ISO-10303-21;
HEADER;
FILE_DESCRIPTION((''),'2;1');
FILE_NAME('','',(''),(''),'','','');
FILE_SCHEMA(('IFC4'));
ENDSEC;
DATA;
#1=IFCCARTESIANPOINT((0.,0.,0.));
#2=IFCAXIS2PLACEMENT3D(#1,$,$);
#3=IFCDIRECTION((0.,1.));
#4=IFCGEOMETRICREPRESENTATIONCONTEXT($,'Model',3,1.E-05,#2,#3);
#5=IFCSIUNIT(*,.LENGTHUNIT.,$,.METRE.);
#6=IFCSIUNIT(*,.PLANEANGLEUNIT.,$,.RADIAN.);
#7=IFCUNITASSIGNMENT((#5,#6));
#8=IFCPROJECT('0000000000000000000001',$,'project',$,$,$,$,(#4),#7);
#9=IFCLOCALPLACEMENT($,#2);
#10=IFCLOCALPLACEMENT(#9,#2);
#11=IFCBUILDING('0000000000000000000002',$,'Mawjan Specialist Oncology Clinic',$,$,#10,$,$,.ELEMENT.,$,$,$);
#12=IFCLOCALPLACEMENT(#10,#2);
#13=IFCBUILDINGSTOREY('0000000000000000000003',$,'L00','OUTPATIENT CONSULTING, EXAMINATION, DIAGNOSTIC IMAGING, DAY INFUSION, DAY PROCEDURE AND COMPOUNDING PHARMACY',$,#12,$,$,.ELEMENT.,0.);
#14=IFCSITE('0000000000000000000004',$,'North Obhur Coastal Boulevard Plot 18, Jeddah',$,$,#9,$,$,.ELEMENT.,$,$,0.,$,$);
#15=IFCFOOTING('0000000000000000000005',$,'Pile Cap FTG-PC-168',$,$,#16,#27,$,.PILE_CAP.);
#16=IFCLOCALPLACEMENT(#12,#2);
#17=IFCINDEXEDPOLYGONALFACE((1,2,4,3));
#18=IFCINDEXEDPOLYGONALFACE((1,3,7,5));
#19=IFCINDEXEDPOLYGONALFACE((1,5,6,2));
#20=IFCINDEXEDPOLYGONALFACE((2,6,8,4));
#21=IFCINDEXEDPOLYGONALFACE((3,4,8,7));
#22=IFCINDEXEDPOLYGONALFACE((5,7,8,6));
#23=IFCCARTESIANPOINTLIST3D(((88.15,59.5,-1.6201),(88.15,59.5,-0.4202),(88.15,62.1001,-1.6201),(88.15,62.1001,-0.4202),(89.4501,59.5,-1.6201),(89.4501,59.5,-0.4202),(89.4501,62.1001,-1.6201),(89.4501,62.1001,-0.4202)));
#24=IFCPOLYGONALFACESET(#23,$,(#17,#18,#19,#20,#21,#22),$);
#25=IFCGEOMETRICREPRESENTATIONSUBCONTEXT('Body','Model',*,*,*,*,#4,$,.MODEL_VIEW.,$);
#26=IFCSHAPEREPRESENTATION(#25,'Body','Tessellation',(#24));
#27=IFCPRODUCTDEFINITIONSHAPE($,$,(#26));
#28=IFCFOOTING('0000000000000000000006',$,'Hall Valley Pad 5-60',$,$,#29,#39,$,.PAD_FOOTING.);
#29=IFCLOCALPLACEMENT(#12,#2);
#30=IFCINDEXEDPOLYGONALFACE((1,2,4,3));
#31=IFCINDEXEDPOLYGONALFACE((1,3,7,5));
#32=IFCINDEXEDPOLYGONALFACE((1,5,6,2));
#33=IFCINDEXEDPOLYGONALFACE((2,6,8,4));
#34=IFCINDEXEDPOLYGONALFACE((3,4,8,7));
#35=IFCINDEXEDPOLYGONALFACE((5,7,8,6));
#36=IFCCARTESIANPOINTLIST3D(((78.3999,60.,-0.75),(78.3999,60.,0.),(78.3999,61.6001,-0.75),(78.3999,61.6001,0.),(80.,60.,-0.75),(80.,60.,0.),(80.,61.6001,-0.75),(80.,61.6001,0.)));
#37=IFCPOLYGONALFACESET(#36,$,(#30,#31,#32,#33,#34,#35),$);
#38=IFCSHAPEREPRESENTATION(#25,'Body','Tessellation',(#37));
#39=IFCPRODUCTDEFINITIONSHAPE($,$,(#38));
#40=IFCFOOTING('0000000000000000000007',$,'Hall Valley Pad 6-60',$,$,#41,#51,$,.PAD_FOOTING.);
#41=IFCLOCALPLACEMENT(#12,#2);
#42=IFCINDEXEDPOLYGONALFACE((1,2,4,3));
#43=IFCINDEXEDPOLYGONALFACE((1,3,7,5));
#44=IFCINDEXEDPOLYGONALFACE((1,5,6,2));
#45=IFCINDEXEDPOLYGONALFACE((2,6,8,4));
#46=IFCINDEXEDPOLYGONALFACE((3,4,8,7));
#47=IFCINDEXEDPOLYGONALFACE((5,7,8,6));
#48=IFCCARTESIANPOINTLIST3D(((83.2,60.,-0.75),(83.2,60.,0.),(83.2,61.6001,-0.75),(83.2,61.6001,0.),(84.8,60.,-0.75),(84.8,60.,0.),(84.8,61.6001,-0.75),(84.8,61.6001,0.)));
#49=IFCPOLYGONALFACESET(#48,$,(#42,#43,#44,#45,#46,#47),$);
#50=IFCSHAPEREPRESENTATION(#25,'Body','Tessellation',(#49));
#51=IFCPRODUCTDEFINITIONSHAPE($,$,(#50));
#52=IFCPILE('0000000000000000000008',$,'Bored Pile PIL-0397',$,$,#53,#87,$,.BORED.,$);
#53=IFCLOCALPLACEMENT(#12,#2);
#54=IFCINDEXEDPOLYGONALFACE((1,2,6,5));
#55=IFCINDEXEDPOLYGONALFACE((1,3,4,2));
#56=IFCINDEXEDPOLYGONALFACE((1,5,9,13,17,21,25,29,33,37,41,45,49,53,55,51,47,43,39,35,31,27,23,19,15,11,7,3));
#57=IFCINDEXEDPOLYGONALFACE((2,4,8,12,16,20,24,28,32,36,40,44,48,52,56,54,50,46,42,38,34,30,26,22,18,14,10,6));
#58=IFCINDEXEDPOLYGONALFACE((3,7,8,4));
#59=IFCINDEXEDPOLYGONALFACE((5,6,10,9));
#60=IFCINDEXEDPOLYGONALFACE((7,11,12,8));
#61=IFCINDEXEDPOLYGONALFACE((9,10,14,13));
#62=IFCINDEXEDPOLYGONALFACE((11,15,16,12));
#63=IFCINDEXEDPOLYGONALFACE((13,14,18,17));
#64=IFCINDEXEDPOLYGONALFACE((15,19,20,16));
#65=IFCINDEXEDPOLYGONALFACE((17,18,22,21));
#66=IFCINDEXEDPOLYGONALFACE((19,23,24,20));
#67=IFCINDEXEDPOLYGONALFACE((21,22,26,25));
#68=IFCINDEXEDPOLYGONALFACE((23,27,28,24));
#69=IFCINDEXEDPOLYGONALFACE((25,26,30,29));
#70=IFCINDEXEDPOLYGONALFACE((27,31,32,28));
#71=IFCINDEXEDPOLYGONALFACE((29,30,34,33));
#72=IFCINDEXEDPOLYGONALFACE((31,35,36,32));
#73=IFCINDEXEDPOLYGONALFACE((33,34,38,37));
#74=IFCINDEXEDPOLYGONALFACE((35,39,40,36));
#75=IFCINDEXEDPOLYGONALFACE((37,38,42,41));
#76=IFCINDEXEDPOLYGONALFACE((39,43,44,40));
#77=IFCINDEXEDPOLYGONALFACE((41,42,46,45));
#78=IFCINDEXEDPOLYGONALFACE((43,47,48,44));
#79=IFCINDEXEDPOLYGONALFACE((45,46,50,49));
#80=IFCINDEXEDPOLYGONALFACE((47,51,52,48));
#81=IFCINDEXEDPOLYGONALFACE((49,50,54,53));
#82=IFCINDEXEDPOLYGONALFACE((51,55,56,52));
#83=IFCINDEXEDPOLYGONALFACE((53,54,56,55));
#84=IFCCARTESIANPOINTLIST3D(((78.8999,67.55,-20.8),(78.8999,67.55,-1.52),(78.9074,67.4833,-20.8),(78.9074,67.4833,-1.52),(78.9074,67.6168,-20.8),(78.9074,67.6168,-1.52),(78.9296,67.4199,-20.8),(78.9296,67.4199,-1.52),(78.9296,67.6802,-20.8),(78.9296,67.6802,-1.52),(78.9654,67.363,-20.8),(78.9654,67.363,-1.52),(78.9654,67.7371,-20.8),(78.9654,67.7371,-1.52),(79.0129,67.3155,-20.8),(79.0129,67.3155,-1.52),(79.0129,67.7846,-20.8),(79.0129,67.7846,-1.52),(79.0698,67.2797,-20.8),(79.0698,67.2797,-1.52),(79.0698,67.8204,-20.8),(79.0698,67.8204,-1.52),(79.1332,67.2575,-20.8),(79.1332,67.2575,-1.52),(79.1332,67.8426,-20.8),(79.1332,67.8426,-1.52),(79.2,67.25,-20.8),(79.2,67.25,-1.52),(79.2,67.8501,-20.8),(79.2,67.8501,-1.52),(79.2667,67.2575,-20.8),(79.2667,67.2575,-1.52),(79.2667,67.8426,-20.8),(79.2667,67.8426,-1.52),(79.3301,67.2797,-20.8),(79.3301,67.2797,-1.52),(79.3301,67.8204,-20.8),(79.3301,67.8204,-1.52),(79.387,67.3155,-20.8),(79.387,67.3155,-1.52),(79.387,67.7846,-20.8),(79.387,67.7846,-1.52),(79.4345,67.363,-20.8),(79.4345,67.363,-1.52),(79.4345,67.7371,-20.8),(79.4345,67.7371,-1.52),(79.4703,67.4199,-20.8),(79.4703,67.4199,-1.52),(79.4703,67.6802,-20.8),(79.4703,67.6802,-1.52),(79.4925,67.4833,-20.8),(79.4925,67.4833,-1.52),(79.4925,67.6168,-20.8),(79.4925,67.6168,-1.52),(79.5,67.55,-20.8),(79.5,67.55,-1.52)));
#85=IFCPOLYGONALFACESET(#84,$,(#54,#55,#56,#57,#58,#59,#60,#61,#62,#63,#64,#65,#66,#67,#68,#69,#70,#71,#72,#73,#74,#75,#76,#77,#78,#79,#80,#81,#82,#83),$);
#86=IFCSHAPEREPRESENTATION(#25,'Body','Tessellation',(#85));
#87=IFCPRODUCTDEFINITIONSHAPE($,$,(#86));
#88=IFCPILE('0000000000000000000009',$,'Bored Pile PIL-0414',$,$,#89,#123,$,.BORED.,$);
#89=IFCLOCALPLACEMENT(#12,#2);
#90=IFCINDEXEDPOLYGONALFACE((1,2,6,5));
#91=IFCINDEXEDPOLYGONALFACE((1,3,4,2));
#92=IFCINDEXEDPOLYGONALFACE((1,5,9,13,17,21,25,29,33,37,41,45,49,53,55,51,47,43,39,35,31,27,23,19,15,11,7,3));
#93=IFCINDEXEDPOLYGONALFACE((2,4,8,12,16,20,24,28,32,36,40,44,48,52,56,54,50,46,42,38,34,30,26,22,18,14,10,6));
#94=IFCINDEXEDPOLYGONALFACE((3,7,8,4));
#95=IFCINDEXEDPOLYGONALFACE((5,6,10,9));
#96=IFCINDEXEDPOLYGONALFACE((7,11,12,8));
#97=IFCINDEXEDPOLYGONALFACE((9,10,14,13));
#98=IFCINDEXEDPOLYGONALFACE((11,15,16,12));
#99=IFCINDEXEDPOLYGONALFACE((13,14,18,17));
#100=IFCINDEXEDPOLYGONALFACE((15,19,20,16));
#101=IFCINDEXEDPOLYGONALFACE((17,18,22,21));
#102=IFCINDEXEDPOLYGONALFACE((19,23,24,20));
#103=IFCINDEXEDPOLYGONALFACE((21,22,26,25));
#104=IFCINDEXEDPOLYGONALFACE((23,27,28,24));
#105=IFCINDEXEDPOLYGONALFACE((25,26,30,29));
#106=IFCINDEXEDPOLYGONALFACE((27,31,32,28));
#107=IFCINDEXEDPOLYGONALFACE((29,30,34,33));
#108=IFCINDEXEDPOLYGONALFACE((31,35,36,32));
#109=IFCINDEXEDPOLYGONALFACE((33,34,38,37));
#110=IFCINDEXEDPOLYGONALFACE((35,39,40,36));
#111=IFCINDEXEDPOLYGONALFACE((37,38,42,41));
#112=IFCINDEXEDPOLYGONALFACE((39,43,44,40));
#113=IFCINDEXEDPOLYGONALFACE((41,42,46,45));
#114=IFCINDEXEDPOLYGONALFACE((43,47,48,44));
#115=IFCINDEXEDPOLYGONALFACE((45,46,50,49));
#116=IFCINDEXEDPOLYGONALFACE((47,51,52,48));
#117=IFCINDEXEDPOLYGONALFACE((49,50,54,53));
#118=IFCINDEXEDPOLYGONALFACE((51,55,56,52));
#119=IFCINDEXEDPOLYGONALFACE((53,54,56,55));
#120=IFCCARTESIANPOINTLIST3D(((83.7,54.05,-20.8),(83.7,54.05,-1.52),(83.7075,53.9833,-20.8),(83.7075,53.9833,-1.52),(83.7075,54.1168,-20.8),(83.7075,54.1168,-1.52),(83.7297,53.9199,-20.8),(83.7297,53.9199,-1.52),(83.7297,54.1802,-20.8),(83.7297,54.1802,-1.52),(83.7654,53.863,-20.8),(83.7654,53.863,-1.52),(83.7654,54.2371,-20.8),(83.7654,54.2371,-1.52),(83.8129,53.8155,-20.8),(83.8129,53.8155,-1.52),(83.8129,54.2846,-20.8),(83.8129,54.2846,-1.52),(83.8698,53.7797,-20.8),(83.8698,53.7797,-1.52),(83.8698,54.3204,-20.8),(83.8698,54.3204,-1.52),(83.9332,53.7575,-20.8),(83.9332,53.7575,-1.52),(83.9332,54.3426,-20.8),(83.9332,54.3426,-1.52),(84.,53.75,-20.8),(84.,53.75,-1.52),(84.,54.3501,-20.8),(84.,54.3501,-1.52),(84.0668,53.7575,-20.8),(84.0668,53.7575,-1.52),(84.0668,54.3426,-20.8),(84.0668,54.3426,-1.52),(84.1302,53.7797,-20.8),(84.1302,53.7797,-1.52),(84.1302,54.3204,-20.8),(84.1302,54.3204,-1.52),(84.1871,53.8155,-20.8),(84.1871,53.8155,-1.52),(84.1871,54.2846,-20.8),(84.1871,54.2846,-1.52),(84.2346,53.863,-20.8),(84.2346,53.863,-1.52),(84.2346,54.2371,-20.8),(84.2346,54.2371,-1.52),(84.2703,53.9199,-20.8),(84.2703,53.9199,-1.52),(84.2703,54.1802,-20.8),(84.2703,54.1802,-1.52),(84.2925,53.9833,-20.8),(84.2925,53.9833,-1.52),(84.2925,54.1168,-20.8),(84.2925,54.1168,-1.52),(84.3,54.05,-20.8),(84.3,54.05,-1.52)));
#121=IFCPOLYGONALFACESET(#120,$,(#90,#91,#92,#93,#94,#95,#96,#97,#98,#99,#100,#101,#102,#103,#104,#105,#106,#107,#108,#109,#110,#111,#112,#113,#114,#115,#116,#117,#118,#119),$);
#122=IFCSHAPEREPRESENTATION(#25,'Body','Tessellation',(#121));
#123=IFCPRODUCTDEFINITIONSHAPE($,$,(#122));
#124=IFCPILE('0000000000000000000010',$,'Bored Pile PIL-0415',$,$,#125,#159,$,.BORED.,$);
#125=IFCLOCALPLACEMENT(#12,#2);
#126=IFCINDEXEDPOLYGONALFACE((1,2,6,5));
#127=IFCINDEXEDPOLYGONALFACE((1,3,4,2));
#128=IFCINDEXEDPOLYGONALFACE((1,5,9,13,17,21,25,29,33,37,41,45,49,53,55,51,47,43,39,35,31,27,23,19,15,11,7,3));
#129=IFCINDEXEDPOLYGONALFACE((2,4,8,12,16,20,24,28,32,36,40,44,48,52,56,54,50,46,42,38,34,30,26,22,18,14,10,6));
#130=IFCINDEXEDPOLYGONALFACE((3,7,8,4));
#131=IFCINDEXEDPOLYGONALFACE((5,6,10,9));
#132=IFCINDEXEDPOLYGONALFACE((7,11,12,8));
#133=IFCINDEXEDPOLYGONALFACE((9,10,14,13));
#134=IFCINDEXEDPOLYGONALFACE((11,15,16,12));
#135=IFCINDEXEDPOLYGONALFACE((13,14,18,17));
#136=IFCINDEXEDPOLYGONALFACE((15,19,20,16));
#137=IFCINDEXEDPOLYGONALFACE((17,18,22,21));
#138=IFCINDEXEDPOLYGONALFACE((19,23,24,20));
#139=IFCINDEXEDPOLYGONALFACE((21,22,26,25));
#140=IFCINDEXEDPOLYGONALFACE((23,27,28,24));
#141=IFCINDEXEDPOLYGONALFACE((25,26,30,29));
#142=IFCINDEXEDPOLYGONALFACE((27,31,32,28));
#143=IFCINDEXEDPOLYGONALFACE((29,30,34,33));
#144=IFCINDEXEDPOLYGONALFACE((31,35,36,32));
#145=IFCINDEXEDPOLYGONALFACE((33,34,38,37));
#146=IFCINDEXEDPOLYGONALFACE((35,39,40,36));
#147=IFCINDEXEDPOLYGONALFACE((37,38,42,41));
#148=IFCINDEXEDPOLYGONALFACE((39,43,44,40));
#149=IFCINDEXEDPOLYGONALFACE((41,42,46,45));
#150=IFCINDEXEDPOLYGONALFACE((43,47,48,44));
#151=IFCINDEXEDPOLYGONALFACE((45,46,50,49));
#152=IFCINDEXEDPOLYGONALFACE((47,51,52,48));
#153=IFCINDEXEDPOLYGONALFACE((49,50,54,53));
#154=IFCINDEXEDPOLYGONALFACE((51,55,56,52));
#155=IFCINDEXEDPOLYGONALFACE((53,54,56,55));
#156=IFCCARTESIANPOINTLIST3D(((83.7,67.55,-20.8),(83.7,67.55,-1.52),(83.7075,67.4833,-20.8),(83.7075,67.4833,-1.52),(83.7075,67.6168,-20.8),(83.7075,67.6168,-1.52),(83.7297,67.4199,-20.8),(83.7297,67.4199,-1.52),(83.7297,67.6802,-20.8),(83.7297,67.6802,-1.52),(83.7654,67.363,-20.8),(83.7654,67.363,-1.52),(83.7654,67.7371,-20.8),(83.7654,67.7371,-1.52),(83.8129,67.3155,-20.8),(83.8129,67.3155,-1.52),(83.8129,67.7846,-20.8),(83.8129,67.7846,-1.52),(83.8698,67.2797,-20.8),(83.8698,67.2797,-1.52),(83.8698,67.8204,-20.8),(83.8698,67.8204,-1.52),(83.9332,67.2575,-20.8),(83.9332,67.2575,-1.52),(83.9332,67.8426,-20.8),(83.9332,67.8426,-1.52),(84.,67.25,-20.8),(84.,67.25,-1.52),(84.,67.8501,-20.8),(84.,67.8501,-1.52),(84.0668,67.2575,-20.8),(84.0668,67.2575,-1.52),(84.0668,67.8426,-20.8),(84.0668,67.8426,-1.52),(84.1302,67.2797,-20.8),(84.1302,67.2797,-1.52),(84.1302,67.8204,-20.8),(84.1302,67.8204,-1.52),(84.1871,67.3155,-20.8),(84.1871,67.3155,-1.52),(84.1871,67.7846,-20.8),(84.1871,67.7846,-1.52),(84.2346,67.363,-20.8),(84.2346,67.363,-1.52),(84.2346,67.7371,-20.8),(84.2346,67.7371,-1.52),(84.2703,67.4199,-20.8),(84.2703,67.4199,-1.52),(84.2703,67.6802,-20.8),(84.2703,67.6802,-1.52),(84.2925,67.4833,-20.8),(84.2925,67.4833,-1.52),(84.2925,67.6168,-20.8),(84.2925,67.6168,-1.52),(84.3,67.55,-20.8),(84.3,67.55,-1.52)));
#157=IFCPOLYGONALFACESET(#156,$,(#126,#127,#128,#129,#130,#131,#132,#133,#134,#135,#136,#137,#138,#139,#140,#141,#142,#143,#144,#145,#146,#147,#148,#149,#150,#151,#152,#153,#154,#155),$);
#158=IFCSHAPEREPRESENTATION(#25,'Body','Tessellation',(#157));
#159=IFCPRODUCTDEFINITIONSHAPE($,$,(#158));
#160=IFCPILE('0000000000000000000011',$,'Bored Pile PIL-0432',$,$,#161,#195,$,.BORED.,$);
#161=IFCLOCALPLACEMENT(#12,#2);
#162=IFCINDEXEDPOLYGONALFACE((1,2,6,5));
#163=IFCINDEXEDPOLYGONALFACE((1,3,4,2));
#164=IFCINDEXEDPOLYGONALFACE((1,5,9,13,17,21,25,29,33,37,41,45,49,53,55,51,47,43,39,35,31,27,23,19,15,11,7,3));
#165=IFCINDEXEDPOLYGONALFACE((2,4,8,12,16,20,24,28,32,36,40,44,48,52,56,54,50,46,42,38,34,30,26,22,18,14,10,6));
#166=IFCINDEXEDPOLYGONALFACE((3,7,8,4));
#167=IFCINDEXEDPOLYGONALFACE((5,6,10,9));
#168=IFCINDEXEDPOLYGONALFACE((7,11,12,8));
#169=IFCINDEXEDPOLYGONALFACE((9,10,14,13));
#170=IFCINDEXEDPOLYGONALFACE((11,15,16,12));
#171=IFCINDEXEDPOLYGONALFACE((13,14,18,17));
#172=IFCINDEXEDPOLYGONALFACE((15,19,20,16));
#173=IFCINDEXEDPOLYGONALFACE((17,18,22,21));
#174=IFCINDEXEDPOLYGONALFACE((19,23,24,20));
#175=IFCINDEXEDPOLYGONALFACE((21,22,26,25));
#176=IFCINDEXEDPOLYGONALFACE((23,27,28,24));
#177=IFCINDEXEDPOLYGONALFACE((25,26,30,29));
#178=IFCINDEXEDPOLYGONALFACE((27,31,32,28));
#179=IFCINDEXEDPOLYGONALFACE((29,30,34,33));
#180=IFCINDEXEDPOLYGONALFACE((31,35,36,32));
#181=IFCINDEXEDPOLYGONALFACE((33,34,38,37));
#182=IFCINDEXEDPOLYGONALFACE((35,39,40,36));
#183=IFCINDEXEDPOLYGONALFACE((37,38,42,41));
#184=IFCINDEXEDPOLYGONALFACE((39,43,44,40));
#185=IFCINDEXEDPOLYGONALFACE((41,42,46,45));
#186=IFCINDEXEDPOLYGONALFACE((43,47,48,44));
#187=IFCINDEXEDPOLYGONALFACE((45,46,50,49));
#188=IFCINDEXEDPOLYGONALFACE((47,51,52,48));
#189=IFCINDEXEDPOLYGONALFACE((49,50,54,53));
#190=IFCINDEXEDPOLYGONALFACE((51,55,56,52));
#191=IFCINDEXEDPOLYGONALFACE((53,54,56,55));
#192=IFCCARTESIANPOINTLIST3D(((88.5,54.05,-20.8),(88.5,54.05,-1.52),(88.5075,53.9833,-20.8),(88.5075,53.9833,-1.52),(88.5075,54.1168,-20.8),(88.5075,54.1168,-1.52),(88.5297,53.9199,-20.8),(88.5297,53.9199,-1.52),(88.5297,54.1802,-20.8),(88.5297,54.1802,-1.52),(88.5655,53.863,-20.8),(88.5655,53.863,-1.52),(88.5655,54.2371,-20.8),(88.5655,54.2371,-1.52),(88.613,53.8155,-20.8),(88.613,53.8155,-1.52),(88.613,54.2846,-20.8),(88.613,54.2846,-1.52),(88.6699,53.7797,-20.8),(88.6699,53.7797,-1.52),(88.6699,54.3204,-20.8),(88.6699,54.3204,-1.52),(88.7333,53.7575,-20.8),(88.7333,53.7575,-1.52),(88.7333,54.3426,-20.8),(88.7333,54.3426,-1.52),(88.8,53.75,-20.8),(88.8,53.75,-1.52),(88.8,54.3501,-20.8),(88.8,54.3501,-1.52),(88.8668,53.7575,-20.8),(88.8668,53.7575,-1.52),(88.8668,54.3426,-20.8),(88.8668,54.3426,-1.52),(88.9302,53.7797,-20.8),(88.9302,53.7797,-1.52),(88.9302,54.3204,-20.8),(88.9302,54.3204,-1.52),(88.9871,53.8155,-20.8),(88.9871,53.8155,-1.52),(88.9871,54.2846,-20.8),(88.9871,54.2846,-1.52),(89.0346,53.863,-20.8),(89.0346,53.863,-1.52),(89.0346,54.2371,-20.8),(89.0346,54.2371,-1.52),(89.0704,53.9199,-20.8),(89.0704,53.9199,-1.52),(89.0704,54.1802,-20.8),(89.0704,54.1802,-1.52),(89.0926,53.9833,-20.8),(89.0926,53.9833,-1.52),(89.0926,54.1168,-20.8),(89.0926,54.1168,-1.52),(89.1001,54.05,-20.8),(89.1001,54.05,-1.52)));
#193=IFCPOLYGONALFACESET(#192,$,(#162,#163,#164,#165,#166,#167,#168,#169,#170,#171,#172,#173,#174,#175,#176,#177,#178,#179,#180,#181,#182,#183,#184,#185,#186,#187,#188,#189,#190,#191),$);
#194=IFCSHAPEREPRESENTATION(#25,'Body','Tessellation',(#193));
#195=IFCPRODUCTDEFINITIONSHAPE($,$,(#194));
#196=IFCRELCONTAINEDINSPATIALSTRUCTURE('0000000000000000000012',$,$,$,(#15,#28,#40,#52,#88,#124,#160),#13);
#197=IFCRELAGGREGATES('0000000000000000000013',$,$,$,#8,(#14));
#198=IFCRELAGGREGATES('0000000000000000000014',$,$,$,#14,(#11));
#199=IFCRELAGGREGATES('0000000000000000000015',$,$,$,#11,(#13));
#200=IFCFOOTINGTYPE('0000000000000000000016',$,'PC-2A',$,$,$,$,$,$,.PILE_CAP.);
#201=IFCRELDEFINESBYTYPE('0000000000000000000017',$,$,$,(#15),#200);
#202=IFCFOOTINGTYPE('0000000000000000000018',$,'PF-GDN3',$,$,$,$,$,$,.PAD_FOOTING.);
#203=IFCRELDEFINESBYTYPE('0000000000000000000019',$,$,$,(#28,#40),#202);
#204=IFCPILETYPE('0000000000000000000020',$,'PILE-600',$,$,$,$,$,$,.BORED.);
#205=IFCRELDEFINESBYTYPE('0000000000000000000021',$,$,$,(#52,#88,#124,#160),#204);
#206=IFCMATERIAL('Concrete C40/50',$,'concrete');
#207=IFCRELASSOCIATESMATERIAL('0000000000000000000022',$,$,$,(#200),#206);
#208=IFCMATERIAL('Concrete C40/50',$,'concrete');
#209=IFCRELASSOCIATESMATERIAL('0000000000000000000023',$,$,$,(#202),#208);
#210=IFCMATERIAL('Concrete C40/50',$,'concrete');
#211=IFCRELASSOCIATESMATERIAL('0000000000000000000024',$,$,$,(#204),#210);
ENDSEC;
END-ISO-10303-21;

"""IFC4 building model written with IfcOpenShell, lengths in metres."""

from ifc_helpers import new_model, si_unit, direction, frame, origin, origin_2d, place, context, subcontext, project, spatial, rectangle, circle, extrude, material, material_profile, profile_set, type_object, element, save


model = new_model("IFC4")

# Units and contexts
model_context = context("Model", 3, precision=1e-05, world=origin(), true_north=direction((0.0, 1.0)))
body_context = subcontext(model_context, "Body", "Model", "MODEL_VIEW")
ifc_project = project(units=[si_unit("LENGTHUNIT", "METRE"), si_unit("PLANEANGLEUNIT", "RADIAN")], contexts=[model_context])

# Site, building, storey
site_placement = place(None, origin())
site = spatial("IfcSite", under=ifc_project, at=site_placement, Name="North Obhur Coastal Boulevard Plot 18, Jeddah", CompositionType="ELEMENT", RefElevation=0.0)
building_placement = place(site_placement, origin())
building = spatial("IfcBuilding", under=site, at=building_placement, Name="Mawjan Specialist Oncology Clinic", CompositionType="ELEMENT")
storey_placement = place(building_placement, origin())
storey = spatial("IfcBuildingStorey", under=building, at=storey_placement, Name="L00", Description="OUTPATIENT CONSULTING, EXAMINATION, DIAGNOSTIC IMAGING, DAY INFUSION, DAY PROCEDURE AND COMPOUNDING PHARMACY", CompositionType="ELEMENT", Elevation=0.0)

# Footings
ifc_material_1 = material(Name="Concrete C40/50", Category="concrete")
footing_type_1 = type_object("IfcFootingType", Name="PC-2A", PredefinedType="PILE_CAP", material=ifc_material_1)
footing_1_placement = place(storey_placement, frame((88.8, 60.8, -1.6201), z_axis=(0.0, 0.0, 1.0), x_axis=(0.0, 1.0, 0.0)))
element("IfcFooting", 1, at=footing_1_placement, inside=storey, type_object=footing_type_1, Name="Pile Cap FTG-PC-168", PredefinedType="PILE_CAP", context=body_context, shape_type="SweptSolid", body=[
    extrude(rectangle(XDim=2.6001, YDim=1.3, at=origin_2d()), origin(), (0.0, 0.0, 1.0), 1.2),
])
ifc_material_2 = material(Name="Concrete C40/50", Category="concrete")
footing_type_2 = type_object("IfcFootingType", Name="PF-GDN3", PredefinedType="PAD_FOOTING", material=ifc_material_2)
for number, where, z_axis, x_axis, name in (
    (2, (79.2, 60.8, -0.75), (0.0, 0.0, 1.0), (1.0, 0.0, 0.0), "Hall Valley Pad 5-60"),
    (3, (84.0, 60.8, -0.75), (0.0, 0.0, 1.0), (1.0, 0.0, 0.0), "Hall Valley Pad 6-60"),
):
    element("IfcFooting", number, at=place(storey_placement, frame(where, z_axis=z_axis, x_axis=x_axis)), inside=storey, type_object=footing_type_2, Name=name, PredefinedType="PAD_FOOTING", context=body_context, shape_type="SweptSolid", body=[
        extrude(rectangle(XDim=1.6001, YDim=1.6001, at=origin_2d()), origin(), (0.0, 0.0, 1.0), 0.75),
    ])

# Piles
ifc_material_3 = material(Name="Concrete C40/50", Category="concrete")
ifc_material_profile_1 = material_profile(ifc_material_3, circle(Radius=0.3, at=origin_2d()), Name="BORED PILE D600", Category="concrete")
ifc_profile_set_1 = profile_set([ifc_material_profile_1], Name="Concrete C40/50")
pile_type = type_object("IfcPileType", Name="PILE-600", PredefinedType="BORED", material=ifc_profile_set_1)
for number, where, z_axis, x_axis, name in (
    (4, (79.2, 67.55, -1.52), (0.0, 0.0, -1.0), (1.0, 0.0, 0.0), "Bored Pile PIL-0397"),
    (5, (84.0, 54.05, -1.52), (0.0, 0.0, -1.0), (1.0, 0.0, 0.0), "Bored Pile PIL-0414"),
    (6, (84.0, 67.55, -1.52), (0.0, 0.0, -1.0), (1.0, 0.0, 0.0), "Bored Pile PIL-0415"),
    (7, (88.8, 54.05, -1.52), (0.0, 0.0, -1.0), (1.0, 0.0, 0.0), "Bored Pile PIL-0432"),
):
    element("IfcPile", number, at=place(storey_placement, frame(where, z_axis=z_axis, x_axis=x_axis)), inside=storey, type_object=pile_type, Name=name, PredefinedType="BORED", context=body_context, shape_type="SweptSolid", body=[
        extrude(circle(Radius=0.3, at=origin_2d()), origin(), (0.0, 0.0, 1.0), 19.28),
    ])

save(model, "model.ifc")
